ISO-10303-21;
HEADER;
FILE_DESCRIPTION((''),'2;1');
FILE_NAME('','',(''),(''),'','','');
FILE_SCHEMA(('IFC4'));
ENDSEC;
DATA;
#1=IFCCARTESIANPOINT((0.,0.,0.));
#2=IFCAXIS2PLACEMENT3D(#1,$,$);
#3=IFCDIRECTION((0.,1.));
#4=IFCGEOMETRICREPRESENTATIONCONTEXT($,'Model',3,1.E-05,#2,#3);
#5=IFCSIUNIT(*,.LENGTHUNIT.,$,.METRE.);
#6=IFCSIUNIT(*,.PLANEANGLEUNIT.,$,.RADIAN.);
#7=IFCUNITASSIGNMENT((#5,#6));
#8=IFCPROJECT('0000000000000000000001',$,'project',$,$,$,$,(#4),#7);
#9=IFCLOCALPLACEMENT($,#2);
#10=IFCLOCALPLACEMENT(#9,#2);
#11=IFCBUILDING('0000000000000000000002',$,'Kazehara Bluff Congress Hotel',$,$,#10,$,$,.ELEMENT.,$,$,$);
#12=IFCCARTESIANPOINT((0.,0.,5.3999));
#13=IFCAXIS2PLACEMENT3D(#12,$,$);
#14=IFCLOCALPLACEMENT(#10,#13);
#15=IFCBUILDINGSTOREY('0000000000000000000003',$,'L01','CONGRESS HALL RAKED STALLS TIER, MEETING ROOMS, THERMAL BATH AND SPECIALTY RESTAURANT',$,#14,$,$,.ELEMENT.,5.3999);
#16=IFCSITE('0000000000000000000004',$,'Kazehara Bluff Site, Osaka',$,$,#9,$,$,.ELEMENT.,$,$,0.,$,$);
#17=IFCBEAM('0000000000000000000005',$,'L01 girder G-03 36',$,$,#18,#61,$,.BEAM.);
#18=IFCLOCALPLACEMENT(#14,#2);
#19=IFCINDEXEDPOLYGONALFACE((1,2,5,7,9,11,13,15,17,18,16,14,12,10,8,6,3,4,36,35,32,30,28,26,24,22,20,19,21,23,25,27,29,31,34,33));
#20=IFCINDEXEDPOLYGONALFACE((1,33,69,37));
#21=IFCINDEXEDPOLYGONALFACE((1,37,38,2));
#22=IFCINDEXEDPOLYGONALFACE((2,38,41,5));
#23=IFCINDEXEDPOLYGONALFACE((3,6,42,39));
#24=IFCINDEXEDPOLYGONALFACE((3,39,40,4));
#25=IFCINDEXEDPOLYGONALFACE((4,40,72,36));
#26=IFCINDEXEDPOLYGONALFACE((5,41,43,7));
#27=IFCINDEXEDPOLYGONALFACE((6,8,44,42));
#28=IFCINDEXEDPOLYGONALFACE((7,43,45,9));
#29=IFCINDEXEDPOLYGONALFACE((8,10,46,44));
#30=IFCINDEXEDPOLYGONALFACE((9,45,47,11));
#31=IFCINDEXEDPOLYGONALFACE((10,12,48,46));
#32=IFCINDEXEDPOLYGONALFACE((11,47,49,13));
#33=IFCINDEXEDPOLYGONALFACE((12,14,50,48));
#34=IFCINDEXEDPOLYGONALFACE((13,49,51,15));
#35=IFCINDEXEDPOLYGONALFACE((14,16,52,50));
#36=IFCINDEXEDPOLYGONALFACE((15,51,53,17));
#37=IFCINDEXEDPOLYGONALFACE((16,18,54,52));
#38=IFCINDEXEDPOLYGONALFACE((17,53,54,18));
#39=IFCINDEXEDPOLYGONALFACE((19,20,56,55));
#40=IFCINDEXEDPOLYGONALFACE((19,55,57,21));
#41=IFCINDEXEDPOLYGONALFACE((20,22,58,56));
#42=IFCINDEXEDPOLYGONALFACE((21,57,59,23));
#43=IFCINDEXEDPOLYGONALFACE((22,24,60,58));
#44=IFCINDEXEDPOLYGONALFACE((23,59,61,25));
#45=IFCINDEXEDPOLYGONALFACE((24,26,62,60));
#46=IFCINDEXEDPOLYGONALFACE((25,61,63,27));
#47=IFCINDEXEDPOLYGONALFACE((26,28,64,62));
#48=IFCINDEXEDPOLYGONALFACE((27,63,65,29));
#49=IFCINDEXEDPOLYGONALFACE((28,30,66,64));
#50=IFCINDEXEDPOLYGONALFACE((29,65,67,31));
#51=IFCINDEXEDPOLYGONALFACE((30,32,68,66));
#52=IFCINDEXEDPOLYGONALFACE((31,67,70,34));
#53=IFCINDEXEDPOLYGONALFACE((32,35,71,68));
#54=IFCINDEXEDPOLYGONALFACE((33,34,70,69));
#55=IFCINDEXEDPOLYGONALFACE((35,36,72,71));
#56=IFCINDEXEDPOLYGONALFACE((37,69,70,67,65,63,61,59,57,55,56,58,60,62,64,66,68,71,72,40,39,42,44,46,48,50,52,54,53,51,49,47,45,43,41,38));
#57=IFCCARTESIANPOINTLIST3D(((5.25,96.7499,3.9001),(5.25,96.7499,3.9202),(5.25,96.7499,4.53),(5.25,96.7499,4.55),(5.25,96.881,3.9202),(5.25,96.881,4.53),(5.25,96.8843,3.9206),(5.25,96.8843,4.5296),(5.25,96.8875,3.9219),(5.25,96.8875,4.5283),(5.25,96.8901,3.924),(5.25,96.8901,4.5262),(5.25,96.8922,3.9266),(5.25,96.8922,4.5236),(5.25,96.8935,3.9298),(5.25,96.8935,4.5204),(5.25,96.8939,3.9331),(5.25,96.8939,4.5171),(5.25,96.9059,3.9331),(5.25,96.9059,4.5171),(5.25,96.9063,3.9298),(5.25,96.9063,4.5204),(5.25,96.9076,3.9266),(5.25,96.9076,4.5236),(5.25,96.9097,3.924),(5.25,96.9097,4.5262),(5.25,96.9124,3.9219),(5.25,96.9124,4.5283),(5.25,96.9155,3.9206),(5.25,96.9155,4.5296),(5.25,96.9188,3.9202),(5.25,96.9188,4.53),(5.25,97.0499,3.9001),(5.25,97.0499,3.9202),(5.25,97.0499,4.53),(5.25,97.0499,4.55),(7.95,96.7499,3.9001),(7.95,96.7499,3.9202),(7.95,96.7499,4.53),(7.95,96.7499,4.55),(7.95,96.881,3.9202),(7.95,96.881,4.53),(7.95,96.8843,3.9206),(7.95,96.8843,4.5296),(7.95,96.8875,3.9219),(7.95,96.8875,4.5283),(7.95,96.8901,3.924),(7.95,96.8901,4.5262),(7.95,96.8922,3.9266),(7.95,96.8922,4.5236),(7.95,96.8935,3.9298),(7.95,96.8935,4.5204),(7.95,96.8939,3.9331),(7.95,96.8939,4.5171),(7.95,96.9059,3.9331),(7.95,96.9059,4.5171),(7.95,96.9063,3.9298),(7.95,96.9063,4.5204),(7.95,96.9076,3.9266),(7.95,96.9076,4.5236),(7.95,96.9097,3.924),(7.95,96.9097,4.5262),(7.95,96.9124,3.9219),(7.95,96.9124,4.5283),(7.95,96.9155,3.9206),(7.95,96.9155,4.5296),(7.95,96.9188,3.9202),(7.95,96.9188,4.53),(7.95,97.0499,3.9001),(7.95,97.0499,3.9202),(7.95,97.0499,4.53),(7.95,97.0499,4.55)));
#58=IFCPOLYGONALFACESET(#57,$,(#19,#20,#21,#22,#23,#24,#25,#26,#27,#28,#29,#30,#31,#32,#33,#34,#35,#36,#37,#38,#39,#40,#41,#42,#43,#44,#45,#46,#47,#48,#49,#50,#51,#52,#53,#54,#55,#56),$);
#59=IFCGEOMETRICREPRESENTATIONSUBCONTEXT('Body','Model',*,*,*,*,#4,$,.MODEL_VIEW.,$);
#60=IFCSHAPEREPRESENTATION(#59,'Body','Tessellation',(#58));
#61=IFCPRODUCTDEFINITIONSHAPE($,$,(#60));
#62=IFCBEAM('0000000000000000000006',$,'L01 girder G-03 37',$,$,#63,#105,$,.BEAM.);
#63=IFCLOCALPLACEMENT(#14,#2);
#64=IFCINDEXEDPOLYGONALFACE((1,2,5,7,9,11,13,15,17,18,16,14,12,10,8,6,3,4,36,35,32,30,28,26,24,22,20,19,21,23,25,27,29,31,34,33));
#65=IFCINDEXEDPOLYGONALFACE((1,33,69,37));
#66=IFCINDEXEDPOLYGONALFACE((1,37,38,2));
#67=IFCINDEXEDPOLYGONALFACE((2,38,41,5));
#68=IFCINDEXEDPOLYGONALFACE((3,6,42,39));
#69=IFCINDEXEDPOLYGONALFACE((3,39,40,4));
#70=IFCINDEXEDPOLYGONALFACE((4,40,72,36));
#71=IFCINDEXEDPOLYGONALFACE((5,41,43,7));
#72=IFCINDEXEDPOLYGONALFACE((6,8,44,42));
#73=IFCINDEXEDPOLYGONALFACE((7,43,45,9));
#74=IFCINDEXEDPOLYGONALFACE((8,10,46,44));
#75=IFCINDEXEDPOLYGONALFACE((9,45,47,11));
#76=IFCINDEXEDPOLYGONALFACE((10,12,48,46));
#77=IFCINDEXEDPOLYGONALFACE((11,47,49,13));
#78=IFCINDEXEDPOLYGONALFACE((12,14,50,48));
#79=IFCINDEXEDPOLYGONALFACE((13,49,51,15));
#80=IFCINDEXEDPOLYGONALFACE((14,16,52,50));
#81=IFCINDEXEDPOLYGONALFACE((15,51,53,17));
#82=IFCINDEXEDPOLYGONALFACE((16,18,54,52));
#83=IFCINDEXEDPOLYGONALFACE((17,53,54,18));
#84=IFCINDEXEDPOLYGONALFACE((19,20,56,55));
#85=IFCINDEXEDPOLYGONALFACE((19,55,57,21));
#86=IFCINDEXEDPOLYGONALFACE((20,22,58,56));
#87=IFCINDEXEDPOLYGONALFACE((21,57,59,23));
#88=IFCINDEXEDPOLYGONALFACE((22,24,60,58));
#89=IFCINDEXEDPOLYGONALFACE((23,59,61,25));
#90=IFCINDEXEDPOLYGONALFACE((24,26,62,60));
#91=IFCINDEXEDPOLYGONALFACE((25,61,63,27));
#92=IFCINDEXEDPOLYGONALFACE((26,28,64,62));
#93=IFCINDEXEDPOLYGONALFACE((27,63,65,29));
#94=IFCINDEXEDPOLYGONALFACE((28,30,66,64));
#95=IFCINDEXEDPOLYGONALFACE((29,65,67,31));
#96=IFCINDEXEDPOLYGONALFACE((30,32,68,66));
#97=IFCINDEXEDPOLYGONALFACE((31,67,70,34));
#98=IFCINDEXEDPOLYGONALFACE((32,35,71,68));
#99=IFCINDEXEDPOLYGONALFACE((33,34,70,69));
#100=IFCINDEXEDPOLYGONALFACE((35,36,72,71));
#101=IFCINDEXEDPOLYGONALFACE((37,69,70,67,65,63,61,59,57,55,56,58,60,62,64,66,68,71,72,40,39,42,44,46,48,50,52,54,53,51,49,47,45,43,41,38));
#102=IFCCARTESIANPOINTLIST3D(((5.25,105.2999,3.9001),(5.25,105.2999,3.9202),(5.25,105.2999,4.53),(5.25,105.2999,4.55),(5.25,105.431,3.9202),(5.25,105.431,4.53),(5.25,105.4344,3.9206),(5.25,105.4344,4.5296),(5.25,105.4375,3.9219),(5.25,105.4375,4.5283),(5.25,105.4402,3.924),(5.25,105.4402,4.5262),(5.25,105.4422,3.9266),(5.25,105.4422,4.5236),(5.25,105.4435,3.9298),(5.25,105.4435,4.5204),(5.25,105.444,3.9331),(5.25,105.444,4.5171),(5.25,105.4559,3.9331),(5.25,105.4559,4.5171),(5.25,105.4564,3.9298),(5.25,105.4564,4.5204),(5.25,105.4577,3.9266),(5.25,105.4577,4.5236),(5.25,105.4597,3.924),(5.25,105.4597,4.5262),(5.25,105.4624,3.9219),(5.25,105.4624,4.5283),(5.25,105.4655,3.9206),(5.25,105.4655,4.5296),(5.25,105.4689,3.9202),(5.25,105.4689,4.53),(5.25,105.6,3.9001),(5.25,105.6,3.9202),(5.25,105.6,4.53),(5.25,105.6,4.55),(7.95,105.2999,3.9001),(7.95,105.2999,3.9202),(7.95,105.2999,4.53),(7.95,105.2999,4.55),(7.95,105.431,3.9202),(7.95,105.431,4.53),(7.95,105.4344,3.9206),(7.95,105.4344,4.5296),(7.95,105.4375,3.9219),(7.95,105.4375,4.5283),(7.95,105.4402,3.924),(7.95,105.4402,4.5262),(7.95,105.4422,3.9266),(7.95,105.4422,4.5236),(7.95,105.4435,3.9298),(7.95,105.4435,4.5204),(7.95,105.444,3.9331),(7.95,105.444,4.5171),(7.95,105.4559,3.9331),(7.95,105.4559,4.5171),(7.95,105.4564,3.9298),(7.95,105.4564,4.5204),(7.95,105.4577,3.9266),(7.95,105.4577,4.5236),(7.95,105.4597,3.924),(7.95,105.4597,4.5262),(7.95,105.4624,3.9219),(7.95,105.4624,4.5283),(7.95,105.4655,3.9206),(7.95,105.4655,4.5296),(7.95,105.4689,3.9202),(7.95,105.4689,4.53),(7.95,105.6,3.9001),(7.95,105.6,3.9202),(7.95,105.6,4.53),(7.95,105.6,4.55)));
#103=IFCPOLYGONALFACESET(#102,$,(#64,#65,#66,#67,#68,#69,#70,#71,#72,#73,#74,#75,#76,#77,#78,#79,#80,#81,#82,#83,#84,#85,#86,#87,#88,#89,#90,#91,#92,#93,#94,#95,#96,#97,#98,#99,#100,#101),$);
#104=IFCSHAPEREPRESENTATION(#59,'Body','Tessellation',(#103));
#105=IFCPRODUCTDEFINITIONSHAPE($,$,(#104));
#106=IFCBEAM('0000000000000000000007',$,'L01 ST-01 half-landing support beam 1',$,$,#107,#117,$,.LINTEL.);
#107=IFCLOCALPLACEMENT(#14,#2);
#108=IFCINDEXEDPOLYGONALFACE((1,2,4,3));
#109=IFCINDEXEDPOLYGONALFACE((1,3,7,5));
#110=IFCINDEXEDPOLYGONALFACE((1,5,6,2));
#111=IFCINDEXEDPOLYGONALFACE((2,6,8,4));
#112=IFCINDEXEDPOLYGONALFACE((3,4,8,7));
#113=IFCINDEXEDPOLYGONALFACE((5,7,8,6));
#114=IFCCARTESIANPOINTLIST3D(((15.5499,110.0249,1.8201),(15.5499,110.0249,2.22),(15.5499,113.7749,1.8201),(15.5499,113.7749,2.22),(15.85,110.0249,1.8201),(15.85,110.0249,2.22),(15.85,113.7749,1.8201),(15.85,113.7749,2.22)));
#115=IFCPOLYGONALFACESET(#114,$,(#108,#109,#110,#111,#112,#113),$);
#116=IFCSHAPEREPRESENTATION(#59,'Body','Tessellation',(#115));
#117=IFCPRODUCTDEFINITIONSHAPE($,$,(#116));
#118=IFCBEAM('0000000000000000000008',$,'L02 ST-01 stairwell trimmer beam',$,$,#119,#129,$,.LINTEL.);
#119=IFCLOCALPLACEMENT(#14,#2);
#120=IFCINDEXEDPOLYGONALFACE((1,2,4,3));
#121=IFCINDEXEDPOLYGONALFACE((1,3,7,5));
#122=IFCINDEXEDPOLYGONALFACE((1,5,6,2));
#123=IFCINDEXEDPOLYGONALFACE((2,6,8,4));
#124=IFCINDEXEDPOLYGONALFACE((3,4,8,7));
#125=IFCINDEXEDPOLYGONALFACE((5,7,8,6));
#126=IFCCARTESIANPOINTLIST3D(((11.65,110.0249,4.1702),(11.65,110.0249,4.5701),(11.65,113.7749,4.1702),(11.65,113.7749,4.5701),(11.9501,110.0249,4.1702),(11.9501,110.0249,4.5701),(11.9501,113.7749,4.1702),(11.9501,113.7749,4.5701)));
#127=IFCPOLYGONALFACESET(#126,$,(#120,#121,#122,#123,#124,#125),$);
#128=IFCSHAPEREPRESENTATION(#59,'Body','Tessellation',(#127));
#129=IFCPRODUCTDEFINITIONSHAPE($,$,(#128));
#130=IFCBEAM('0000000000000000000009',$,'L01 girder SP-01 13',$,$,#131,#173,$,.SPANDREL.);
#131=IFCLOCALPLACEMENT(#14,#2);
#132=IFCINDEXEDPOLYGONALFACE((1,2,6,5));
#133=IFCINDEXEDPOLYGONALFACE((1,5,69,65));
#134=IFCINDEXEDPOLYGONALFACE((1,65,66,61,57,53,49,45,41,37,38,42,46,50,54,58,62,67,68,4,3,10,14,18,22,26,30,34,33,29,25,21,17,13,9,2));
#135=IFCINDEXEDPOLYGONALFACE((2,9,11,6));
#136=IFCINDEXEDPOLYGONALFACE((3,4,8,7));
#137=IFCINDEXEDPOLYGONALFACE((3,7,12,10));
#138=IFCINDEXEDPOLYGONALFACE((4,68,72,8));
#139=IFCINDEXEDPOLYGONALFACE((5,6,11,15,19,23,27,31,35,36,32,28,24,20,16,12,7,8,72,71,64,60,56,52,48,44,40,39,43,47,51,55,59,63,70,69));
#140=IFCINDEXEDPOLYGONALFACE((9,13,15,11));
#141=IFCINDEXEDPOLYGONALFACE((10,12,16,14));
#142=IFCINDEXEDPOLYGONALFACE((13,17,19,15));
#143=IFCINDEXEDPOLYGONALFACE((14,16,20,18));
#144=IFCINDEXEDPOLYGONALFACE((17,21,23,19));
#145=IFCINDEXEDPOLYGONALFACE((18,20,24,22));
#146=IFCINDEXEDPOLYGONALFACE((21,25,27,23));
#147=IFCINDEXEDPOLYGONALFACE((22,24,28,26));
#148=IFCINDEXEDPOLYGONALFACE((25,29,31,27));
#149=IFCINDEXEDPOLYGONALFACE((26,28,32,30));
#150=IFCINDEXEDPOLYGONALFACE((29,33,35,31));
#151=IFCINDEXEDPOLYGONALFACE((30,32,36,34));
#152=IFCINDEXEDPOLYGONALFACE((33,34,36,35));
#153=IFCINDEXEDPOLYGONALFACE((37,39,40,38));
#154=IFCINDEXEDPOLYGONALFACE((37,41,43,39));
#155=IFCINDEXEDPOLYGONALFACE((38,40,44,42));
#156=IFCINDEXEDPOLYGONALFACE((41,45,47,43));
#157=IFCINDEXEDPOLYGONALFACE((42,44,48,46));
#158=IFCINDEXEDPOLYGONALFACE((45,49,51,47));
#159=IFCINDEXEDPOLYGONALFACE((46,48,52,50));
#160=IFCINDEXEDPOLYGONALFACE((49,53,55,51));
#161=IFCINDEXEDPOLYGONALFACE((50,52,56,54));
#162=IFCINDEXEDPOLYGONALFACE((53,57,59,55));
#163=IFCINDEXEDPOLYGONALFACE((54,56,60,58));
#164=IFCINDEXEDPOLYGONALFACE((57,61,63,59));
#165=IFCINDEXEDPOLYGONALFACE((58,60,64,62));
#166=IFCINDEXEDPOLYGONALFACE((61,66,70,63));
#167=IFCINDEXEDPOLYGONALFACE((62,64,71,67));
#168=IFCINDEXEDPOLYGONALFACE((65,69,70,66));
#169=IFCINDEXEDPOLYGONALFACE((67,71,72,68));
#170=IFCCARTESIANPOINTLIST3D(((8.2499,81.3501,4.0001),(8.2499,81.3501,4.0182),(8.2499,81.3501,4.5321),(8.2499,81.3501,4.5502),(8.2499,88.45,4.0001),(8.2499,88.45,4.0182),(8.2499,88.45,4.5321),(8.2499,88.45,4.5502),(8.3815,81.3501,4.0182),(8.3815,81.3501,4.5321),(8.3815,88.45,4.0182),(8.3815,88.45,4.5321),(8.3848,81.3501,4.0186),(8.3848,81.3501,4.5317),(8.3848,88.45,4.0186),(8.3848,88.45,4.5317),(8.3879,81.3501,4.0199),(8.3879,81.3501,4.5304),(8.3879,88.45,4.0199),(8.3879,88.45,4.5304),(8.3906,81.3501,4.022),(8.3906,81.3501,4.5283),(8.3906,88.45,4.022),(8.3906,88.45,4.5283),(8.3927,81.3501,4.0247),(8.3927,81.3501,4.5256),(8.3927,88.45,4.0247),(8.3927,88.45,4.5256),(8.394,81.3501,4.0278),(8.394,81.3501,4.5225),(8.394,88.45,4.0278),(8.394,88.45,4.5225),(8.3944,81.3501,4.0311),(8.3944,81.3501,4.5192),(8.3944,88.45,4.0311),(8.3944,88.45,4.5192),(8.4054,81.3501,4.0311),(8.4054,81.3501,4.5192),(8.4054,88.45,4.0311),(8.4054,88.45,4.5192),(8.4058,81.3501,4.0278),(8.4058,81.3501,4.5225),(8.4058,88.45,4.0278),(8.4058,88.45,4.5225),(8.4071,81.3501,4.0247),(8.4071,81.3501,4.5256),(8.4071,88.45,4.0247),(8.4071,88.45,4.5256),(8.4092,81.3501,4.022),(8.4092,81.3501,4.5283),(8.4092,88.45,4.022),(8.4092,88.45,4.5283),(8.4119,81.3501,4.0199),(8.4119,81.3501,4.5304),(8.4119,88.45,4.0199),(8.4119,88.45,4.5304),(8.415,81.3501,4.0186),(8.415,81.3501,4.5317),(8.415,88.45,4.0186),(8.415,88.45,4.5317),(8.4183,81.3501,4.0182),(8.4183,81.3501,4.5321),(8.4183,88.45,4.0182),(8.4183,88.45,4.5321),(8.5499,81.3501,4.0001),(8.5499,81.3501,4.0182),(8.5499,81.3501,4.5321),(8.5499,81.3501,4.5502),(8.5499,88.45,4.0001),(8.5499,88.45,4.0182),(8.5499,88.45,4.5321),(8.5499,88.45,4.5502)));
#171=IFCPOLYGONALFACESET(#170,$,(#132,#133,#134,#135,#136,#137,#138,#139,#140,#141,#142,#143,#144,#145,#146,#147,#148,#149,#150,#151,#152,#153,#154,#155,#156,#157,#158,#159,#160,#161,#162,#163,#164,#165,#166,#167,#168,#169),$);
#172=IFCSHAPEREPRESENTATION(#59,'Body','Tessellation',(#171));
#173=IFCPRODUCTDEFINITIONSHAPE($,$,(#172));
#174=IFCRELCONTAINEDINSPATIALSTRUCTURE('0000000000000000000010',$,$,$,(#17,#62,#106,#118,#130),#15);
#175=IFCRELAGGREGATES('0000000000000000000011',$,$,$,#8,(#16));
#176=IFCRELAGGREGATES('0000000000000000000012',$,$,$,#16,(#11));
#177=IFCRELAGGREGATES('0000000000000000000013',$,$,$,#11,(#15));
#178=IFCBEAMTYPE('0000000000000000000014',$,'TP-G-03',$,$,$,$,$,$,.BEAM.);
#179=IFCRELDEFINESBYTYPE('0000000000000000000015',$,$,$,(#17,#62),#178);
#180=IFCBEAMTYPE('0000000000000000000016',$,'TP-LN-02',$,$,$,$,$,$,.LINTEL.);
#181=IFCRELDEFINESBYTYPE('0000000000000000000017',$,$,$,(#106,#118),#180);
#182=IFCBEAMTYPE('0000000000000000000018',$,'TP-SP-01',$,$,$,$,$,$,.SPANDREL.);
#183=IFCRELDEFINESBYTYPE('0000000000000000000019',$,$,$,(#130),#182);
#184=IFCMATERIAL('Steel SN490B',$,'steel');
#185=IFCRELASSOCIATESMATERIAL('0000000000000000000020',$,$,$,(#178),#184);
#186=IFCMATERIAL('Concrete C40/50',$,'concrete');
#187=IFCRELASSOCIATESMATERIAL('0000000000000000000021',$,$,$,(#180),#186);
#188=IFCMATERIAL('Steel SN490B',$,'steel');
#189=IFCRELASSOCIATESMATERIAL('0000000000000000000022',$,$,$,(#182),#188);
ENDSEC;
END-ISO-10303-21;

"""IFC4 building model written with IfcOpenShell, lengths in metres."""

from ifc_helpers import new_model, si_unit, direction, frame, origin, origin_2d, place, context, subcontext, project, spatial, rectangle, i_section, extrude, material, material_profile, profile_set, type_object, element, save


model = new_model("IFC4")

# Units and contexts
model_context = context("Model", 3, precision=1e-05, world=origin(), true_north=direction((0.0, 1.0)))
body_context = subcontext(model_context, "Body", "Model", "MODEL_VIEW")
ifc_project = project(units=[si_unit("LENGTHUNIT", "METRE"), si_unit("PLANEANGLEUNIT", "RADIAN")], contexts=[model_context])

# Site, building, storey
site_placement = place(None, origin())
site = spatial("IfcSite", under=ifc_project, at=site_placement, Name="Kazehara Bluff Site, Osaka", CompositionType="ELEMENT", RefElevation=0.0)
building_placement = place(site_placement, origin())
building = spatial("IfcBuilding", under=site, at=building_placement, Name="Kazehara Bluff Congress Hotel", CompositionType="ELEMENT")
storey_placement = place(building_placement, frame((0.0, 0.0, 5.3999)))
storey = spatial("IfcBuildingStorey", under=building, at=storey_placement, Name="L01", Description="CONGRESS HALL RAKED STALLS TIER, MEETING ROOMS, THERMAL BATH AND SPECIALTY RESTAURANT", CompositionType="ELEMENT", Elevation=5.3999)

# Beams
ifc_material_1 = material(Name="Steel SN490B", Category="steel")
ifc_material_profile_1 = material_profile(ifc_material_1, i_section(OverallWidth=0.3, OverallDepth=0.6499, WebThickness=0.012, FlangeThickness=0.02, FilletRadius=0.0129, at=origin_2d()))
ifc_profile_set_1 = profile_set([ifc_material_profile_1], Name="Steel SN490B")
beam_type_1 = type_object("IfcBeamType", Name="TP-G-03", PredefinedType="BEAM", material=ifc_profile_set_1)
for number, where, z_axis, x_axis, name in (
    (1, (5.25, 96.8999, 4.2251), (1.0, 0.0, 0.0), (0.0, 1.0, 0.0), "L01 girder G-03 36"),
    (2, (5.25, 105.45, 4.2251), (1.0, 0.0, 0.0), (0.0, 1.0, 0.0), "L01 girder G-03 37"),
):
    element("IfcBeam", number, at=place(storey_placement, frame(where, z_axis=z_axis, x_axis=x_axis)), inside=storey, type_object=beam_type_1, Name=name, PredefinedType="BEAM", context=body_context, shape_type="SweptSolid", body=[
        extrude(i_section(OverallWidth=0.3, OverallDepth=0.6499, WebThickness=0.012, FlangeThickness=0.02, FilletRadius=0.0129, at=origin_2d()), origin(), (0.0, 0.0, 1.0), 2.7),
    ])
ifc_material_2 = material(Name="Concrete C40/50", Category="concrete")
ifc_material_profile_2 = material_profile(ifc_material_2, rectangle(XDim=0.3, YDim=0.3999, at=origin_2d()))
ifc_profile_set_2 = profile_set([ifc_material_profile_2], Name="Concrete C40/50")
beam_type_2 = type_object("IfcBeamType", Name="TP-LN-02", PredefinedType="LINTEL", material=ifc_profile_set_2)
for number, where, z_axis, x_axis, name in (
    (3, (15.7, 110.0249, 2.02), (0.0, 1.0, 0.0), (-1.0, 0.0, 0.0), "L01 ST-01 half-landing support beam 1"),
    (4, (11.8, 110.0249, 4.3701), (0.0, 1.0, 0.0), (-1.0, 0.0, 0.0), "L02 ST-01 stairwell trimmer beam"),
):
    element("IfcBeam", number, at=place(storey_placement, frame(where, z_axis=z_axis, x_axis=x_axis)), inside=storey, type_object=beam_type_2, Name=name, PredefinedType="LINTEL", context=body_context, shape_type="SweptSolid", body=[
        extrude(rectangle(XDim=0.3, YDim=0.3999, at=origin_2d()), origin(), (0.0, 0.0, 1.0), 3.75),
    ])
ifc_material_3 = material(Name="Steel SN490B", Category="steel")
ifc_material_profile_3 = material_profile(ifc_material_3, i_section(OverallWidth=0.3, OverallDepth=0.55, WebThickness=0.011, FlangeThickness=0.0181, FilletRadius=0.0129, at=origin_2d()))
ifc_profile_set_3 = profile_set([ifc_material_profile_3], Name="Steel SN490B")
beam_type_3 = type_object("IfcBeamType", Name="TP-SP-01", PredefinedType="SPANDREL", material=ifc_profile_set_3)
for number, where, z_axis, x_axis, name in (
    (5, (8.3999, 81.3501, 4.2751), (0.0, 1.0, 0.0), (-1.0, 0.0, 0.0), "L01 girder SP-01 13"),
):
    element("IfcBeam", number, at=place(storey_placement, frame(where, z_axis=z_axis, x_axis=x_axis)), inside=storey, type_object=beam_type_3, Name=name, PredefinedType="SPANDREL", context=body_context, shape_type="SweptSolid", body=[
        extrude(i_section(OverallWidth=0.3, OverallDepth=0.55, WebThickness=0.011, FlangeThickness=0.0181, FilletRadius=0.0129, at=origin_2d()), origin(), (0.0, 0.0, 1.0), 7.0999),
    ])

save(model, "model.ifc")
